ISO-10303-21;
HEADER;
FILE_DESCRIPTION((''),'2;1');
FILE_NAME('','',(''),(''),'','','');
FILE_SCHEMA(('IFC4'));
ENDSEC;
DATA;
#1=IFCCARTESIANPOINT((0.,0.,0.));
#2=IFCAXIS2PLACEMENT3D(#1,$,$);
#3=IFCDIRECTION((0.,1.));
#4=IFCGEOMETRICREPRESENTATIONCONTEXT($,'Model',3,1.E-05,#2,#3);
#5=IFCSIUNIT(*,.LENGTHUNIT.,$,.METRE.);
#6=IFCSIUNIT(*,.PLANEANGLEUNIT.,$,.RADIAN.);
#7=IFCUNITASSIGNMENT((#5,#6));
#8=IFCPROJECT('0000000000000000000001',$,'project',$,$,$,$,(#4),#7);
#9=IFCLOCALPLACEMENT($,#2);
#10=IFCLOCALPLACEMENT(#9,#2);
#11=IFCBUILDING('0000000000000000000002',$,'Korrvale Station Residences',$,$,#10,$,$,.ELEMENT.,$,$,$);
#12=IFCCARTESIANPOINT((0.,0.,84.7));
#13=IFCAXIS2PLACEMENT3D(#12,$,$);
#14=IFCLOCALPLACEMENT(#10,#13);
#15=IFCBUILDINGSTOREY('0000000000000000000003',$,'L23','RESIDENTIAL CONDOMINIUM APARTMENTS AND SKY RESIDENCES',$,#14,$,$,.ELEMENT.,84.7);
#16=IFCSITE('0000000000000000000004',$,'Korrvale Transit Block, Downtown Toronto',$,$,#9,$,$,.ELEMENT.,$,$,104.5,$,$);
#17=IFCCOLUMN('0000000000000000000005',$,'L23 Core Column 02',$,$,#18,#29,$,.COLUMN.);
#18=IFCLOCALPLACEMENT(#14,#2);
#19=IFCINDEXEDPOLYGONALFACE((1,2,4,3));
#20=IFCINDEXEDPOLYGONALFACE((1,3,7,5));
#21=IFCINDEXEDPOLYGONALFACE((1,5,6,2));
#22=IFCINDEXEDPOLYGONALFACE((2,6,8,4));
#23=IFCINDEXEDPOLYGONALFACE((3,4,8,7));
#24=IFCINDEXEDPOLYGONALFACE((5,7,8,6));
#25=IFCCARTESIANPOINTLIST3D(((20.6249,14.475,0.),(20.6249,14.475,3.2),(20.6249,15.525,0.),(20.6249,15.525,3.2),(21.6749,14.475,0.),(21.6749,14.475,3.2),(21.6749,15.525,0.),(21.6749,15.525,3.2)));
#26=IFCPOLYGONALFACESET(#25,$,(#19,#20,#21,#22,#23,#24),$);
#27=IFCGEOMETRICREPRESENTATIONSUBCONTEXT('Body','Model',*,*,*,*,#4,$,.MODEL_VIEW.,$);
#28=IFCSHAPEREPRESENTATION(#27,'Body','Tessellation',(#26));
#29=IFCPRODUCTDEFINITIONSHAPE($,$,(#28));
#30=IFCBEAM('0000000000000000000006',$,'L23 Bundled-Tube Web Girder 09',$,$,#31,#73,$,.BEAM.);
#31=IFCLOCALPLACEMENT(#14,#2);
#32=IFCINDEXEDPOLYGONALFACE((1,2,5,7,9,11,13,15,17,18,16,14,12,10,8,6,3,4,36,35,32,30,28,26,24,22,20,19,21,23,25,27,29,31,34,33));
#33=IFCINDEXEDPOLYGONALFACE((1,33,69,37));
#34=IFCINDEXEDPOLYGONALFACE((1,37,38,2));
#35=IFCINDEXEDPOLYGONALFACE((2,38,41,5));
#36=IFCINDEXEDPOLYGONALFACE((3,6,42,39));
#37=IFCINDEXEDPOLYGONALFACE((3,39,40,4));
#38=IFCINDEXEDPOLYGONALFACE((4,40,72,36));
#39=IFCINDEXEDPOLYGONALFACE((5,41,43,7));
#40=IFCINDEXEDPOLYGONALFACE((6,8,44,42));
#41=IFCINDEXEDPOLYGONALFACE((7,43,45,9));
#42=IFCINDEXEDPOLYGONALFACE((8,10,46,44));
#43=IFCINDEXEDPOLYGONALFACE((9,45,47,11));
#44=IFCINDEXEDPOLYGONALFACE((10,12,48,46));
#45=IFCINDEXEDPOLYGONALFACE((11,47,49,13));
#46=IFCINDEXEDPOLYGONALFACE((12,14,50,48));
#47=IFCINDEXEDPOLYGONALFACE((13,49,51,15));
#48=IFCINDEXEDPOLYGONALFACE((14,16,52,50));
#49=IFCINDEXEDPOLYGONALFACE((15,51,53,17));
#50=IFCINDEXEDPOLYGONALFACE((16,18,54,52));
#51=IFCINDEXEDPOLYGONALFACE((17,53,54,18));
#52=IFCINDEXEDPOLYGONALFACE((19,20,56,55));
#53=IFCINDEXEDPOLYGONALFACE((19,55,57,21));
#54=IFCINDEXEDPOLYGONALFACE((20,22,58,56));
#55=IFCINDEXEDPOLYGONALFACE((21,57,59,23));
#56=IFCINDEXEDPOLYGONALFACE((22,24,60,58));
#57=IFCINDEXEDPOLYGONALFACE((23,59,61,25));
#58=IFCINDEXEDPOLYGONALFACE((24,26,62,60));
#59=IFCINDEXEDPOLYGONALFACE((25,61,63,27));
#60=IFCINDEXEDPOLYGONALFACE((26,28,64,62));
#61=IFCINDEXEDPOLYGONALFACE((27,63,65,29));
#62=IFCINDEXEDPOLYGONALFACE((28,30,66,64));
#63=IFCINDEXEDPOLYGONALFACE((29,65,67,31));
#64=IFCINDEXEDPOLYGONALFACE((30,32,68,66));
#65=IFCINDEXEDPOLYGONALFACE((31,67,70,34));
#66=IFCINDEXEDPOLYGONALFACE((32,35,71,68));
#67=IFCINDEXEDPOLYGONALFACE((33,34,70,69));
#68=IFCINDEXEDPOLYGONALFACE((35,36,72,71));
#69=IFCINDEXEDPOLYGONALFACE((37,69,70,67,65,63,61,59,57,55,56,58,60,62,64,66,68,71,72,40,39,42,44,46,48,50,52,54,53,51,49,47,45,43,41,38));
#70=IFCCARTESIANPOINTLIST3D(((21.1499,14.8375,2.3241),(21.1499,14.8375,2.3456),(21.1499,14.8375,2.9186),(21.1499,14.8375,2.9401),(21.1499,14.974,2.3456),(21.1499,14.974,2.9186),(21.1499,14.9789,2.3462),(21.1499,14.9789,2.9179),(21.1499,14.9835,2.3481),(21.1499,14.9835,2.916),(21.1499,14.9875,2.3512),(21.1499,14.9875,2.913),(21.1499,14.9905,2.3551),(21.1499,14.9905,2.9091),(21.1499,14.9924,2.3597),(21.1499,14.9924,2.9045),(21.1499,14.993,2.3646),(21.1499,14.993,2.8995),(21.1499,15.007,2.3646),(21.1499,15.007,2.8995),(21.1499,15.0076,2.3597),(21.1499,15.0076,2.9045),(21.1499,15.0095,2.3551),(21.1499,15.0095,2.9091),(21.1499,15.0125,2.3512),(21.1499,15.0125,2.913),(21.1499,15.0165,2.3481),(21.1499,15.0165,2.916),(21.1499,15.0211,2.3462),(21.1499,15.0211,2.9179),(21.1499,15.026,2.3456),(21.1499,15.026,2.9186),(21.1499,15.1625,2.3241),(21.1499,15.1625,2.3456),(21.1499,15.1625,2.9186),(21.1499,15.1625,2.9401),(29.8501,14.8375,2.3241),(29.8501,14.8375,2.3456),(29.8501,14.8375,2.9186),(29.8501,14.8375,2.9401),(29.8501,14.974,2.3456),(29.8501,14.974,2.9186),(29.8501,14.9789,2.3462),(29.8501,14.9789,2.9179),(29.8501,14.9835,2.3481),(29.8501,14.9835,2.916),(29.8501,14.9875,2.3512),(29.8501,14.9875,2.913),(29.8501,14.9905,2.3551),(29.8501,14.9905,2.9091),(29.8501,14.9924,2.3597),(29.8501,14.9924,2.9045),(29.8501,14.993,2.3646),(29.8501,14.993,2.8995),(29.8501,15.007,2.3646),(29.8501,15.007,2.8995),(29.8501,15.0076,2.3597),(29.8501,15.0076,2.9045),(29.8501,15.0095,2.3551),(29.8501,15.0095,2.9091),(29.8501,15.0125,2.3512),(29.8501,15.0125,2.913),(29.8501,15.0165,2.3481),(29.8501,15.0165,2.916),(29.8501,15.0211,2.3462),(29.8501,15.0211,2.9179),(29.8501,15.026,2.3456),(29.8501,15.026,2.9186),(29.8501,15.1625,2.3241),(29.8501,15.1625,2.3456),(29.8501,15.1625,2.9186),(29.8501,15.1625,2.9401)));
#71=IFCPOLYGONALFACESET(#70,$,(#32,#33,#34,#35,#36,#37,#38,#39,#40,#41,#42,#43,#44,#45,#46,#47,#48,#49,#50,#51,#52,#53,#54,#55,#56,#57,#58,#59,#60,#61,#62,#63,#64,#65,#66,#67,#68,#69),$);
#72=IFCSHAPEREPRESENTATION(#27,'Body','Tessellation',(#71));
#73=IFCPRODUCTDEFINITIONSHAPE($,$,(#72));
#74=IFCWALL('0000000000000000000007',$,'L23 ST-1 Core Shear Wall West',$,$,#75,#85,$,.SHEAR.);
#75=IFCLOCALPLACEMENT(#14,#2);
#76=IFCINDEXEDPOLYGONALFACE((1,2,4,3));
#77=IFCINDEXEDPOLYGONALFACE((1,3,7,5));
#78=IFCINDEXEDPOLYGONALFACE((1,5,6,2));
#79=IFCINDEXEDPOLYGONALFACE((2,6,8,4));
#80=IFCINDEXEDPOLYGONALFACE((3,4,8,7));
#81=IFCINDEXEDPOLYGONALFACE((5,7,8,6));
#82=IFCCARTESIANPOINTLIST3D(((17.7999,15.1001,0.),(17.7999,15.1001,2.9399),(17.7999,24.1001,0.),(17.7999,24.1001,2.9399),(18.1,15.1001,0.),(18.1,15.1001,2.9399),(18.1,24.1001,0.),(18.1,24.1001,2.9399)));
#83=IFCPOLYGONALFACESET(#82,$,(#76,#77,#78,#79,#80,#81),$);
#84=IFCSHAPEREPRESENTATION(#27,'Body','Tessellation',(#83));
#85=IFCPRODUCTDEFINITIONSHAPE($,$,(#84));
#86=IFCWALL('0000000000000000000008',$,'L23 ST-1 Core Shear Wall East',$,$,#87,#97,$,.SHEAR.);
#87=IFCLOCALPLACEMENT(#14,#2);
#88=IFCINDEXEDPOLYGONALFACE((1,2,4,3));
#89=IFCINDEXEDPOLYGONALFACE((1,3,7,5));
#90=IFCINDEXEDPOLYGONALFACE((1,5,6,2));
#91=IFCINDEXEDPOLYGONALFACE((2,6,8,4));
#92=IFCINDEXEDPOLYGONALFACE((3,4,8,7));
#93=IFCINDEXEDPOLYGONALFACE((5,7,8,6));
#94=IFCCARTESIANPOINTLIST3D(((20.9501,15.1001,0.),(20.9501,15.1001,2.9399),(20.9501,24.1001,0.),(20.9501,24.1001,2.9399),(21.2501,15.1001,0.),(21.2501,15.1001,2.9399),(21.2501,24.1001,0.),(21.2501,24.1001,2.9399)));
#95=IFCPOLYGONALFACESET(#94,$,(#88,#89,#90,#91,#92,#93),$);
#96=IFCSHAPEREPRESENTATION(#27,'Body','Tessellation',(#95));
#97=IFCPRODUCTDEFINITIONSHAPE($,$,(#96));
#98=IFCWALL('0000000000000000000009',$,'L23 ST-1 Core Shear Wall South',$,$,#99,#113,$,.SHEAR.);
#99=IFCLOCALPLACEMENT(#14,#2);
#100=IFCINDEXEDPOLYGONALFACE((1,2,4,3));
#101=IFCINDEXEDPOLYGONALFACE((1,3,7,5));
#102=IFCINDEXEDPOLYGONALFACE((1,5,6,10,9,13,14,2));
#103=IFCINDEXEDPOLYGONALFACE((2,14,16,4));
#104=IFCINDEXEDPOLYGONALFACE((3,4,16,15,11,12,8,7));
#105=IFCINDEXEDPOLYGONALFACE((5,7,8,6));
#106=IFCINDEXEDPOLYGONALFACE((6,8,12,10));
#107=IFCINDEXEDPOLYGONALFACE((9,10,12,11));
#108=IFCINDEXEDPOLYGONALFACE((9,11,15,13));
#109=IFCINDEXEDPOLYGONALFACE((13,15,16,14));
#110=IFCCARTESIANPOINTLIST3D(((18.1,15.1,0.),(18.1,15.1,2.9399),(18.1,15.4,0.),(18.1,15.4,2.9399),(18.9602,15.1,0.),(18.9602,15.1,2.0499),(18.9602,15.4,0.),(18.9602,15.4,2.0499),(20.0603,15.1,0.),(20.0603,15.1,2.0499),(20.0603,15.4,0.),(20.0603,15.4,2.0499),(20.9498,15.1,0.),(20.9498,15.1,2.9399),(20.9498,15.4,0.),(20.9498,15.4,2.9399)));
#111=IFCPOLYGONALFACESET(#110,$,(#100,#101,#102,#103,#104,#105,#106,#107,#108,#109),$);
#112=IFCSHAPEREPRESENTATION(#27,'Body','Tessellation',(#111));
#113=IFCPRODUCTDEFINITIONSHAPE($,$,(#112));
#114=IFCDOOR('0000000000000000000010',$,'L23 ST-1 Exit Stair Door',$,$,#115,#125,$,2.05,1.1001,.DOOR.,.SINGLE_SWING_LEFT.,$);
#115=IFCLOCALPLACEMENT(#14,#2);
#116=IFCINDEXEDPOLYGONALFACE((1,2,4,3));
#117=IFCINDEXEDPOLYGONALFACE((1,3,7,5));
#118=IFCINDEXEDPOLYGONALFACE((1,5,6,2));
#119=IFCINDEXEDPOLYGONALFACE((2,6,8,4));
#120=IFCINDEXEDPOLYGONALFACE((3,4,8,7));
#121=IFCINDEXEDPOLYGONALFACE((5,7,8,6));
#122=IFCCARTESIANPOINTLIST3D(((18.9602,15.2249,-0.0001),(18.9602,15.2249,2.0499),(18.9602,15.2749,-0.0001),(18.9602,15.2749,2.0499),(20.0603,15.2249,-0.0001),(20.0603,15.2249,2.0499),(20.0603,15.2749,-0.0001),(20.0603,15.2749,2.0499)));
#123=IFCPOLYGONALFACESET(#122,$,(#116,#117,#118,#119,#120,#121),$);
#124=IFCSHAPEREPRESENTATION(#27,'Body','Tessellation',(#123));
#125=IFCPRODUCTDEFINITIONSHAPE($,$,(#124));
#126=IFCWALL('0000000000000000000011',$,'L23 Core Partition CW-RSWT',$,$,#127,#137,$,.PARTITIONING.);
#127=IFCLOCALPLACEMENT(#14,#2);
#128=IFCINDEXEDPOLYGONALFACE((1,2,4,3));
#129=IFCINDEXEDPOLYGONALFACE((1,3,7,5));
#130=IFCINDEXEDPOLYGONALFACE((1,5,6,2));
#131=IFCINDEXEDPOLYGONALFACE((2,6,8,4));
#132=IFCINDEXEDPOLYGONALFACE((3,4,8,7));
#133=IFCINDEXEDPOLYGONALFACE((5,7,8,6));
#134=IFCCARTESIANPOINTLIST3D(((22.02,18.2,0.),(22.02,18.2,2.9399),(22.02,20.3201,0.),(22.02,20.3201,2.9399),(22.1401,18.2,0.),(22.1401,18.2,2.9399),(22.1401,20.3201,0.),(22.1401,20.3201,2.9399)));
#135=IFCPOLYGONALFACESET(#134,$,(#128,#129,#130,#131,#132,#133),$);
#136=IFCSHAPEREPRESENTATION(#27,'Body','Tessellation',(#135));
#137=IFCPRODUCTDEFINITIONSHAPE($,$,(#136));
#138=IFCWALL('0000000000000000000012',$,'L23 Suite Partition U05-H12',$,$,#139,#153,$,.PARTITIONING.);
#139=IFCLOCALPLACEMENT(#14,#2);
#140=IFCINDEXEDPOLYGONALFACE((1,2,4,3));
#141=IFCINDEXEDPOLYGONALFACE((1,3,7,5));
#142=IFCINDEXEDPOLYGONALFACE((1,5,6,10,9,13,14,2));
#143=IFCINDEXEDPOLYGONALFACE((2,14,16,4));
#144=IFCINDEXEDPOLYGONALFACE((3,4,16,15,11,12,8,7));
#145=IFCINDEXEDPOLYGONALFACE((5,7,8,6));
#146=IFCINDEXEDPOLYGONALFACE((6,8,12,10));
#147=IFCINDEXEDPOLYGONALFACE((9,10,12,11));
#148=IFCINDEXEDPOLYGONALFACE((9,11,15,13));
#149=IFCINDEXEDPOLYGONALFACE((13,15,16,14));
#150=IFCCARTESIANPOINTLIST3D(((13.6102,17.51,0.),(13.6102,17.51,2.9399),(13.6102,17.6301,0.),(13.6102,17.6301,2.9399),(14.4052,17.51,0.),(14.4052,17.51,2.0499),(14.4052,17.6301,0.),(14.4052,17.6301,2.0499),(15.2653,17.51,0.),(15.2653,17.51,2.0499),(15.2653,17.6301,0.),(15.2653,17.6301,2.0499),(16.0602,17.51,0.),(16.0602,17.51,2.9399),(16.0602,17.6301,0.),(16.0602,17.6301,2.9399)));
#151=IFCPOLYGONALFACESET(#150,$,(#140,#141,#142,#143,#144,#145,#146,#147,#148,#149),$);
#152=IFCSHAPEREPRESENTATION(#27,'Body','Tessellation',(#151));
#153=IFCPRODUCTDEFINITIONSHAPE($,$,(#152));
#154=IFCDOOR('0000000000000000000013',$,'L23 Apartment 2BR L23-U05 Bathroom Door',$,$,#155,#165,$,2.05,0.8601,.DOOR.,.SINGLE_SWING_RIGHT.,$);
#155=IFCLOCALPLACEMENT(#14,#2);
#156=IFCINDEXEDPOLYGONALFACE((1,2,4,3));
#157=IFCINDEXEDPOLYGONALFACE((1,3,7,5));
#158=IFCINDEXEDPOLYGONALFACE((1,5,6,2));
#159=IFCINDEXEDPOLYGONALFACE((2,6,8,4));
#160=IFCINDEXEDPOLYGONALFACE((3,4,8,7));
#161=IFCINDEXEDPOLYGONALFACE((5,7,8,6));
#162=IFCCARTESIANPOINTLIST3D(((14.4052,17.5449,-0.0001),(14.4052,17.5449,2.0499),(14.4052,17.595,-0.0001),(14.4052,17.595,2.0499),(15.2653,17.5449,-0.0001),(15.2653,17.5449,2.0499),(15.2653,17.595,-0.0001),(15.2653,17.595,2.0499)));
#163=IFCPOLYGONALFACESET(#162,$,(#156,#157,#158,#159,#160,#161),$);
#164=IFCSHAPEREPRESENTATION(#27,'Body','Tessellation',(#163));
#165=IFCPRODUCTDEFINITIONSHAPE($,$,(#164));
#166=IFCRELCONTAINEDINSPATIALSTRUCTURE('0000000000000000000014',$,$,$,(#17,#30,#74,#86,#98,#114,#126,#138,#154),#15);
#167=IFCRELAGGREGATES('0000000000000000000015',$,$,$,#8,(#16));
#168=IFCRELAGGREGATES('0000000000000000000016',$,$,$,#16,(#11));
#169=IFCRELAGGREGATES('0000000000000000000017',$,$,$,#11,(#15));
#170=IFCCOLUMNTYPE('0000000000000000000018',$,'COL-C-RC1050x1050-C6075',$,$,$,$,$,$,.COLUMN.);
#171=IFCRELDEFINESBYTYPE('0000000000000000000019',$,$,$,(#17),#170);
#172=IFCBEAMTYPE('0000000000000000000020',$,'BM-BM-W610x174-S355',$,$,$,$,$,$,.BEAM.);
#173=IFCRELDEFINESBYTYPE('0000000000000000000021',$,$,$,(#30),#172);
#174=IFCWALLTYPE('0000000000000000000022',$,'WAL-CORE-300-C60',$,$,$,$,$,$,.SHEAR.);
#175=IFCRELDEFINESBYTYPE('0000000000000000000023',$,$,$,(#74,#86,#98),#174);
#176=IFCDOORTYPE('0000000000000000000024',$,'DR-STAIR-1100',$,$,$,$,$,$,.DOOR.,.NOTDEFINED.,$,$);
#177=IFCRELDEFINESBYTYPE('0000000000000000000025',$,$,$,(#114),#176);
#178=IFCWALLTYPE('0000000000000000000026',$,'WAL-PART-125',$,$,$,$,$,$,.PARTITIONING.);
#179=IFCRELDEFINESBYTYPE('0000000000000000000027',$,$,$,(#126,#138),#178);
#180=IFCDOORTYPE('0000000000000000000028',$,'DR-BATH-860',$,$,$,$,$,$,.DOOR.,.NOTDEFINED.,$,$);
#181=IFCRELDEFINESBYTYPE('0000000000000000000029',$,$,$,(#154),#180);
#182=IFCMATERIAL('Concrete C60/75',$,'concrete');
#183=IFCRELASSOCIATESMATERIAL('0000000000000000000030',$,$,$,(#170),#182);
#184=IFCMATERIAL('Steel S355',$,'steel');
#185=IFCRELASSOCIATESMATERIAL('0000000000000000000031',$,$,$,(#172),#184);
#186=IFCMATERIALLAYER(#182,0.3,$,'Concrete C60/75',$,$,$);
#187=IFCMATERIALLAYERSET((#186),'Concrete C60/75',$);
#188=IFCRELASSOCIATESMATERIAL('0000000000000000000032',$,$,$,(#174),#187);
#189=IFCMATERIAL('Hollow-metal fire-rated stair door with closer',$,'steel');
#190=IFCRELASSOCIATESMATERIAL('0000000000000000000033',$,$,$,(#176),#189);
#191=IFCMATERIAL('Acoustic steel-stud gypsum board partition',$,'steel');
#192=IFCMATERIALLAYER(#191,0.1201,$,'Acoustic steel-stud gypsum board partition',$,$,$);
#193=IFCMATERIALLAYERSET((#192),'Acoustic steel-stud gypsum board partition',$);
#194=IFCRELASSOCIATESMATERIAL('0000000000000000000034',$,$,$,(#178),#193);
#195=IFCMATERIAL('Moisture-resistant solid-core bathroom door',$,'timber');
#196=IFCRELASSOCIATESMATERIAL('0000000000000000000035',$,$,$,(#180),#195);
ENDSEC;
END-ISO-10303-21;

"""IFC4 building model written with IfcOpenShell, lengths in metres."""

from ifc_helpers import new_model, si_unit, direction, frame, frame_2d, origin, origin_2d, place, context, subcontext, project, spatial, rectangle, i_section, extrude, material, layer, layer_set, material_profile, profile_set, type_object, element, fill, save


model = new_model("IFC4")

# Units and contexts
model_context = context("Model", 3, precision=1e-05, world=origin(), true_north=direction((0.0, 1.0)))
body_context = subcontext(model_context, "Body", "Model", "MODEL_VIEW")
ifc_project = project(units=[si_unit("LENGTHUNIT", "METRE"), si_unit("PLANEANGLEUNIT", "RADIAN")], contexts=[model_context])

# Site, building, storey
site_placement = place(None, origin())
site = spatial("IfcSite", under=ifc_project, at=site_placement, Name="Korrvale Transit Block, Downtown Toronto", CompositionType="ELEMENT", RefElevation=104.5)
building_placement = place(site_placement, origin())
building = spatial("IfcBuilding", under=site, at=building_placement, Name="Korrvale Station Residences", CompositionType="ELEMENT")
storey_placement = place(building_placement, frame((0.0, 0.0, 84.7)))
storey = spatial("IfcBuildingStorey", under=building, at=storey_placement, Name="L23", Description="RESIDENTIAL CONDOMINIUM APARTMENTS AND SKY RESIDENCES", CompositionType="ELEMENT", Elevation=84.7)

# Column
ifc_material_1 = material(Name="Concrete C60/75", Category="concrete")
ifc_material_profile_1 = material_profile(ifc_material_1, rectangle(XDim=1.05, YDim=1.05, at=origin_2d()), Name="RC1050x1050")
ifc_profile_set_1 = profile_set([ifc_material_profile_1], Name="Concrete C60/75")
column_type = type_object("IfcColumnType", Name="COL-C-RC1050x1050-C6075", PredefinedType="COLUMN", material=ifc_profile_set_1)
column_placement = place(storey_placement, frame((21.1499, 15.0, 0.0), z_axis=(0.0, 0.0, 1.0), x_axis=(1.0, 0.0, 0.0)))
element("IfcColumn", 1, at=column_placement, inside=storey, type_object=column_type, Name="L23 Core Column 02", PredefinedType="COLUMN", context=body_context, shape_type="SweptSolid", body=[
    extrude(rectangle(XDim=1.05, YDim=1.05, at=origin_2d()), origin(), (0.0, 0.0, 1.0), 3.2),
])

# Beam
ifc_material_2 = material(Name="Steel S355", Category="steel")
ifc_material_profile_2 = material_profile(ifc_material_2, i_section(OverallWidth=0.325, OverallDepth=0.616, WebThickness=0.0139, FlangeThickness=0.0215, FilletRadius=0.019, at=origin_2d()), Name="W610x174")
ifc_profile_set_2 = profile_set([ifc_material_profile_2], Name="Steel S355")
beam_type = type_object("IfcBeamType", Name="BM-BM-W610x174-S355", PredefinedType="BEAM", material=ifc_profile_set_2)
beam_placement = place(storey_placement, frame((21.1499, 15.0, 2.6321), z_axis=(1.0, 0.0, 0.0), x_axis=(0.0, 1.0, 0.0)))
element("IfcBeam", 2, at=beam_placement, inside=storey, type_object=beam_type, Name="L23 Bundled-Tube Web Girder 09", PredefinedType="BEAM", context=body_context, shape_type="SweptSolid", body=[
    extrude(i_section(OverallWidth=0.325, OverallDepth=0.616, WebThickness=0.0139, FlangeThickness=0.0215, FilletRadius=0.019, at=origin_2d()), origin(), (0.0, 0.0, 1.0), 8.7002),
])

# Walls
ifc_layer_1 = layer(ifc_material_1, 0.3, Name="Concrete C60/75")
ifc_layer_set_1 = layer_set([ifc_layer_1], Name="Concrete C60/75")
wall_type_1 = type_object("IfcWallType", Name="WAL-CORE-300-C60", PredefinedType="SHEAR", material=ifc_layer_set_1)
for number, where, z_axis, x_axis, name in (
    (3, (17.95, 15.1001, 0.0), (0.0, 0.0, 1.0), (0.0, 1.0, 0.0), "L23 ST-1 Core Shear Wall West"),
    (4, (21.1001, 15.1001, 0.0), (0.0, 0.0, 1.0), (0.0, 1.0, 0.0), "L23 ST-1 Core Shear Wall East"),
):
    element("IfcWall", number, at=place(storey_placement, frame(where, z_axis=z_axis, x_axis=x_axis)), inside=storey, type_object=wall_type_1, Name=name, PredefinedType="SHEAR", context=body_context, shape_type="SweptSolid", body=[
        extrude(rectangle(XDim=9.0, YDim=0.3, at=frame_2d((4.5, 0.0))), origin(), (0.0, 0.0, 1.0), 2.9399),
    ])

# Wall, opening, door
wall_1_placement = place(storey_placement, frame((18.1001, 15.25, 0.0), z_axis=(0.0, 0.0, 1.0), x_axis=(1.0, 0.0, 0.0)))
wall_1 = element("IfcWall", 5, at=wall_1_placement, inside=storey, type_object=wall_type_1, Name="L23 ST-1 Core Shear Wall South", PredefinedType="SHEAR", context=body_context, shape_type="SweptSolid", body=[
    extrude(rectangle(XDim=2.8499, YDim=0.3, at=frame_2d((1.4248, 0.0))), origin(), (0.0, 0.0, 1.0), 2.9399),
])
opening_1_placement = place(wall_1_placement, frame((0.8601, 0.0, 0.0)))
opening_1 = element("IfcOpeningElement", 6, at=opening_1_placement, cuts=wall_1, PredefinedType="OPENING", context=body_context, shape_type="SweptSolid", body=[
    extrude(rectangle(XDim=1.1001, YDim=2.05, at=frame_2d((0.55, 1.0249))), frame((0.0, 0.1602, 0.0), z_axis=(0.0, -1.0, 0.0), x_axis=(1.0, 0.0, 0.0)), (0.0, 0.0, 1.0), 0.3201),
])
ifc_material_3 = material(Name="Hollow-metal fire-rated stair door with closer", Category="steel")
door_type_1 = type_object("IfcDoorType", Name="DR-STAIR-1100", OperationType="NOTDEFINED", PredefinedType="DOOR", material=ifc_material_3)
door_1_placement = place(opening_1_placement, origin())
door_1 = element("IfcDoor", 7, at=door_1_placement, inside=storey, type_object=door_type_1, Name="L23 ST-1 Exit Stair Door", OperationType="SINGLE_SWING_LEFT", OverallHeight=2.05, OverallWidth=1.1001, PredefinedType="DOOR", context=body_context, shape_type="SweptSolid", body=[
    extrude(rectangle(XDim=1.1001, YDim=2.05, at=frame_2d((0.55, 1.0249))), frame((0.0, 0.0249, 0.0), z_axis=(0.0, -1.0, 0.0), x_axis=(1.0, 0.0, 0.0)), (0.0, 0.0, 1.0), 0.05),
])
fill(opening_1, door_1)

# Wall
ifc_material_4 = material(Name="Acoustic steel-stud gypsum board partition", Category="steel")
ifc_layer_2 = layer(ifc_material_4, 0.1201, Name="Acoustic steel-stud gypsum board partition")
ifc_layer_set_2 = layer_set([ifc_layer_2], Name="Acoustic steel-stud gypsum board partition")
wall_type_2 = type_object("IfcWallType", Name="WAL-PART-125", PredefinedType="PARTITIONING", material=ifc_layer_set_2)
wall_2_placement = place(storey_placement, frame((22.0801, 18.2, 0.0), z_axis=(0.0, 0.0, 1.0), x_axis=(0.0, 1.0, 0.0)))
element("IfcWall", 8, at=wall_2_placement, inside=storey, type_object=wall_type_2, Name="L23 Core Partition CW-RSWT", PredefinedType="PARTITIONING", context=body_context, shape_type="SweptSolid", body=[
    extrude(rectangle(XDim=2.1201, YDim=0.1201, at=frame_2d((1.0601, 0.0))), origin(), (0.0, 0.0, 1.0), 2.9399),
])

# Wall, opening, door
wall_3_placement = place(storey_placement, frame((13.6101, 17.5701, 0.0), z_axis=(0.0, 0.0, 1.0), x_axis=(1.0, 0.0, 0.0)))
wall_3 = element("IfcWall", 9, at=wall_3_placement, inside=storey, type_object=wall_type_2, Name="L23 Suite Partition U05-H12", PredefinedType="PARTITIONING", context=body_context, shape_type="SweptSolid", body=[
    extrude(rectangle(XDim=2.45, YDim=0.1201, at=frame_2d((1.2251, 0.0))), origin(), (0.0, 0.0, 1.0), 2.9399),
])
opening_2_placement = place(wall_3_placement, frame((0.7949, 0.0, 0.0)))
opening_2 = element("IfcOpeningElement", 10, at=opening_2_placement, cuts=wall_3, PredefinedType="OPENING", context=body_context, shape_type="SweptSolid", body=[
    extrude(rectangle(XDim=0.8601, YDim=2.05, at=frame_2d((0.4302, 1.0249))), frame((0.0, 0.0701, 0.0), z_axis=(0.0, -1.0, 0.0), x_axis=(1.0, 0.0, 0.0)), (0.0, 0.0, 1.0), 0.1401),
])
ifc_material_5 = material(Name="Moisture-resistant solid-core bathroom door", Category="timber")
door_type_2 = type_object("IfcDoorType", Name="DR-BATH-860", OperationType="NOTDEFINED", PredefinedType="DOOR", material=ifc_material_5)
door_2_placement = place(opening_2_placement, origin())
door_2 = element("IfcDoor", 11, at=door_2_placement, inside=storey, type_object=door_type_2, Name="L23 Apartment 2BR L23-U05 Bathroom Door", OperationType="SINGLE_SWING_RIGHT", OverallHeight=2.05, OverallWidth=0.8601, PredefinedType="DOOR", context=body_context, shape_type="SweptSolid", body=[
    extrude(rectangle(XDim=0.8601, YDim=2.05, at=frame_2d((0.4302, 1.0249))), frame((0.0, 0.0249, 0.0), z_axis=(0.0, -1.0, 0.0), x_axis=(1.0, 0.0, 0.0)), (0.0, 0.0, 1.0), 0.05),
])
fill(opening_2, door_2)

save(model, "model.ifc")
